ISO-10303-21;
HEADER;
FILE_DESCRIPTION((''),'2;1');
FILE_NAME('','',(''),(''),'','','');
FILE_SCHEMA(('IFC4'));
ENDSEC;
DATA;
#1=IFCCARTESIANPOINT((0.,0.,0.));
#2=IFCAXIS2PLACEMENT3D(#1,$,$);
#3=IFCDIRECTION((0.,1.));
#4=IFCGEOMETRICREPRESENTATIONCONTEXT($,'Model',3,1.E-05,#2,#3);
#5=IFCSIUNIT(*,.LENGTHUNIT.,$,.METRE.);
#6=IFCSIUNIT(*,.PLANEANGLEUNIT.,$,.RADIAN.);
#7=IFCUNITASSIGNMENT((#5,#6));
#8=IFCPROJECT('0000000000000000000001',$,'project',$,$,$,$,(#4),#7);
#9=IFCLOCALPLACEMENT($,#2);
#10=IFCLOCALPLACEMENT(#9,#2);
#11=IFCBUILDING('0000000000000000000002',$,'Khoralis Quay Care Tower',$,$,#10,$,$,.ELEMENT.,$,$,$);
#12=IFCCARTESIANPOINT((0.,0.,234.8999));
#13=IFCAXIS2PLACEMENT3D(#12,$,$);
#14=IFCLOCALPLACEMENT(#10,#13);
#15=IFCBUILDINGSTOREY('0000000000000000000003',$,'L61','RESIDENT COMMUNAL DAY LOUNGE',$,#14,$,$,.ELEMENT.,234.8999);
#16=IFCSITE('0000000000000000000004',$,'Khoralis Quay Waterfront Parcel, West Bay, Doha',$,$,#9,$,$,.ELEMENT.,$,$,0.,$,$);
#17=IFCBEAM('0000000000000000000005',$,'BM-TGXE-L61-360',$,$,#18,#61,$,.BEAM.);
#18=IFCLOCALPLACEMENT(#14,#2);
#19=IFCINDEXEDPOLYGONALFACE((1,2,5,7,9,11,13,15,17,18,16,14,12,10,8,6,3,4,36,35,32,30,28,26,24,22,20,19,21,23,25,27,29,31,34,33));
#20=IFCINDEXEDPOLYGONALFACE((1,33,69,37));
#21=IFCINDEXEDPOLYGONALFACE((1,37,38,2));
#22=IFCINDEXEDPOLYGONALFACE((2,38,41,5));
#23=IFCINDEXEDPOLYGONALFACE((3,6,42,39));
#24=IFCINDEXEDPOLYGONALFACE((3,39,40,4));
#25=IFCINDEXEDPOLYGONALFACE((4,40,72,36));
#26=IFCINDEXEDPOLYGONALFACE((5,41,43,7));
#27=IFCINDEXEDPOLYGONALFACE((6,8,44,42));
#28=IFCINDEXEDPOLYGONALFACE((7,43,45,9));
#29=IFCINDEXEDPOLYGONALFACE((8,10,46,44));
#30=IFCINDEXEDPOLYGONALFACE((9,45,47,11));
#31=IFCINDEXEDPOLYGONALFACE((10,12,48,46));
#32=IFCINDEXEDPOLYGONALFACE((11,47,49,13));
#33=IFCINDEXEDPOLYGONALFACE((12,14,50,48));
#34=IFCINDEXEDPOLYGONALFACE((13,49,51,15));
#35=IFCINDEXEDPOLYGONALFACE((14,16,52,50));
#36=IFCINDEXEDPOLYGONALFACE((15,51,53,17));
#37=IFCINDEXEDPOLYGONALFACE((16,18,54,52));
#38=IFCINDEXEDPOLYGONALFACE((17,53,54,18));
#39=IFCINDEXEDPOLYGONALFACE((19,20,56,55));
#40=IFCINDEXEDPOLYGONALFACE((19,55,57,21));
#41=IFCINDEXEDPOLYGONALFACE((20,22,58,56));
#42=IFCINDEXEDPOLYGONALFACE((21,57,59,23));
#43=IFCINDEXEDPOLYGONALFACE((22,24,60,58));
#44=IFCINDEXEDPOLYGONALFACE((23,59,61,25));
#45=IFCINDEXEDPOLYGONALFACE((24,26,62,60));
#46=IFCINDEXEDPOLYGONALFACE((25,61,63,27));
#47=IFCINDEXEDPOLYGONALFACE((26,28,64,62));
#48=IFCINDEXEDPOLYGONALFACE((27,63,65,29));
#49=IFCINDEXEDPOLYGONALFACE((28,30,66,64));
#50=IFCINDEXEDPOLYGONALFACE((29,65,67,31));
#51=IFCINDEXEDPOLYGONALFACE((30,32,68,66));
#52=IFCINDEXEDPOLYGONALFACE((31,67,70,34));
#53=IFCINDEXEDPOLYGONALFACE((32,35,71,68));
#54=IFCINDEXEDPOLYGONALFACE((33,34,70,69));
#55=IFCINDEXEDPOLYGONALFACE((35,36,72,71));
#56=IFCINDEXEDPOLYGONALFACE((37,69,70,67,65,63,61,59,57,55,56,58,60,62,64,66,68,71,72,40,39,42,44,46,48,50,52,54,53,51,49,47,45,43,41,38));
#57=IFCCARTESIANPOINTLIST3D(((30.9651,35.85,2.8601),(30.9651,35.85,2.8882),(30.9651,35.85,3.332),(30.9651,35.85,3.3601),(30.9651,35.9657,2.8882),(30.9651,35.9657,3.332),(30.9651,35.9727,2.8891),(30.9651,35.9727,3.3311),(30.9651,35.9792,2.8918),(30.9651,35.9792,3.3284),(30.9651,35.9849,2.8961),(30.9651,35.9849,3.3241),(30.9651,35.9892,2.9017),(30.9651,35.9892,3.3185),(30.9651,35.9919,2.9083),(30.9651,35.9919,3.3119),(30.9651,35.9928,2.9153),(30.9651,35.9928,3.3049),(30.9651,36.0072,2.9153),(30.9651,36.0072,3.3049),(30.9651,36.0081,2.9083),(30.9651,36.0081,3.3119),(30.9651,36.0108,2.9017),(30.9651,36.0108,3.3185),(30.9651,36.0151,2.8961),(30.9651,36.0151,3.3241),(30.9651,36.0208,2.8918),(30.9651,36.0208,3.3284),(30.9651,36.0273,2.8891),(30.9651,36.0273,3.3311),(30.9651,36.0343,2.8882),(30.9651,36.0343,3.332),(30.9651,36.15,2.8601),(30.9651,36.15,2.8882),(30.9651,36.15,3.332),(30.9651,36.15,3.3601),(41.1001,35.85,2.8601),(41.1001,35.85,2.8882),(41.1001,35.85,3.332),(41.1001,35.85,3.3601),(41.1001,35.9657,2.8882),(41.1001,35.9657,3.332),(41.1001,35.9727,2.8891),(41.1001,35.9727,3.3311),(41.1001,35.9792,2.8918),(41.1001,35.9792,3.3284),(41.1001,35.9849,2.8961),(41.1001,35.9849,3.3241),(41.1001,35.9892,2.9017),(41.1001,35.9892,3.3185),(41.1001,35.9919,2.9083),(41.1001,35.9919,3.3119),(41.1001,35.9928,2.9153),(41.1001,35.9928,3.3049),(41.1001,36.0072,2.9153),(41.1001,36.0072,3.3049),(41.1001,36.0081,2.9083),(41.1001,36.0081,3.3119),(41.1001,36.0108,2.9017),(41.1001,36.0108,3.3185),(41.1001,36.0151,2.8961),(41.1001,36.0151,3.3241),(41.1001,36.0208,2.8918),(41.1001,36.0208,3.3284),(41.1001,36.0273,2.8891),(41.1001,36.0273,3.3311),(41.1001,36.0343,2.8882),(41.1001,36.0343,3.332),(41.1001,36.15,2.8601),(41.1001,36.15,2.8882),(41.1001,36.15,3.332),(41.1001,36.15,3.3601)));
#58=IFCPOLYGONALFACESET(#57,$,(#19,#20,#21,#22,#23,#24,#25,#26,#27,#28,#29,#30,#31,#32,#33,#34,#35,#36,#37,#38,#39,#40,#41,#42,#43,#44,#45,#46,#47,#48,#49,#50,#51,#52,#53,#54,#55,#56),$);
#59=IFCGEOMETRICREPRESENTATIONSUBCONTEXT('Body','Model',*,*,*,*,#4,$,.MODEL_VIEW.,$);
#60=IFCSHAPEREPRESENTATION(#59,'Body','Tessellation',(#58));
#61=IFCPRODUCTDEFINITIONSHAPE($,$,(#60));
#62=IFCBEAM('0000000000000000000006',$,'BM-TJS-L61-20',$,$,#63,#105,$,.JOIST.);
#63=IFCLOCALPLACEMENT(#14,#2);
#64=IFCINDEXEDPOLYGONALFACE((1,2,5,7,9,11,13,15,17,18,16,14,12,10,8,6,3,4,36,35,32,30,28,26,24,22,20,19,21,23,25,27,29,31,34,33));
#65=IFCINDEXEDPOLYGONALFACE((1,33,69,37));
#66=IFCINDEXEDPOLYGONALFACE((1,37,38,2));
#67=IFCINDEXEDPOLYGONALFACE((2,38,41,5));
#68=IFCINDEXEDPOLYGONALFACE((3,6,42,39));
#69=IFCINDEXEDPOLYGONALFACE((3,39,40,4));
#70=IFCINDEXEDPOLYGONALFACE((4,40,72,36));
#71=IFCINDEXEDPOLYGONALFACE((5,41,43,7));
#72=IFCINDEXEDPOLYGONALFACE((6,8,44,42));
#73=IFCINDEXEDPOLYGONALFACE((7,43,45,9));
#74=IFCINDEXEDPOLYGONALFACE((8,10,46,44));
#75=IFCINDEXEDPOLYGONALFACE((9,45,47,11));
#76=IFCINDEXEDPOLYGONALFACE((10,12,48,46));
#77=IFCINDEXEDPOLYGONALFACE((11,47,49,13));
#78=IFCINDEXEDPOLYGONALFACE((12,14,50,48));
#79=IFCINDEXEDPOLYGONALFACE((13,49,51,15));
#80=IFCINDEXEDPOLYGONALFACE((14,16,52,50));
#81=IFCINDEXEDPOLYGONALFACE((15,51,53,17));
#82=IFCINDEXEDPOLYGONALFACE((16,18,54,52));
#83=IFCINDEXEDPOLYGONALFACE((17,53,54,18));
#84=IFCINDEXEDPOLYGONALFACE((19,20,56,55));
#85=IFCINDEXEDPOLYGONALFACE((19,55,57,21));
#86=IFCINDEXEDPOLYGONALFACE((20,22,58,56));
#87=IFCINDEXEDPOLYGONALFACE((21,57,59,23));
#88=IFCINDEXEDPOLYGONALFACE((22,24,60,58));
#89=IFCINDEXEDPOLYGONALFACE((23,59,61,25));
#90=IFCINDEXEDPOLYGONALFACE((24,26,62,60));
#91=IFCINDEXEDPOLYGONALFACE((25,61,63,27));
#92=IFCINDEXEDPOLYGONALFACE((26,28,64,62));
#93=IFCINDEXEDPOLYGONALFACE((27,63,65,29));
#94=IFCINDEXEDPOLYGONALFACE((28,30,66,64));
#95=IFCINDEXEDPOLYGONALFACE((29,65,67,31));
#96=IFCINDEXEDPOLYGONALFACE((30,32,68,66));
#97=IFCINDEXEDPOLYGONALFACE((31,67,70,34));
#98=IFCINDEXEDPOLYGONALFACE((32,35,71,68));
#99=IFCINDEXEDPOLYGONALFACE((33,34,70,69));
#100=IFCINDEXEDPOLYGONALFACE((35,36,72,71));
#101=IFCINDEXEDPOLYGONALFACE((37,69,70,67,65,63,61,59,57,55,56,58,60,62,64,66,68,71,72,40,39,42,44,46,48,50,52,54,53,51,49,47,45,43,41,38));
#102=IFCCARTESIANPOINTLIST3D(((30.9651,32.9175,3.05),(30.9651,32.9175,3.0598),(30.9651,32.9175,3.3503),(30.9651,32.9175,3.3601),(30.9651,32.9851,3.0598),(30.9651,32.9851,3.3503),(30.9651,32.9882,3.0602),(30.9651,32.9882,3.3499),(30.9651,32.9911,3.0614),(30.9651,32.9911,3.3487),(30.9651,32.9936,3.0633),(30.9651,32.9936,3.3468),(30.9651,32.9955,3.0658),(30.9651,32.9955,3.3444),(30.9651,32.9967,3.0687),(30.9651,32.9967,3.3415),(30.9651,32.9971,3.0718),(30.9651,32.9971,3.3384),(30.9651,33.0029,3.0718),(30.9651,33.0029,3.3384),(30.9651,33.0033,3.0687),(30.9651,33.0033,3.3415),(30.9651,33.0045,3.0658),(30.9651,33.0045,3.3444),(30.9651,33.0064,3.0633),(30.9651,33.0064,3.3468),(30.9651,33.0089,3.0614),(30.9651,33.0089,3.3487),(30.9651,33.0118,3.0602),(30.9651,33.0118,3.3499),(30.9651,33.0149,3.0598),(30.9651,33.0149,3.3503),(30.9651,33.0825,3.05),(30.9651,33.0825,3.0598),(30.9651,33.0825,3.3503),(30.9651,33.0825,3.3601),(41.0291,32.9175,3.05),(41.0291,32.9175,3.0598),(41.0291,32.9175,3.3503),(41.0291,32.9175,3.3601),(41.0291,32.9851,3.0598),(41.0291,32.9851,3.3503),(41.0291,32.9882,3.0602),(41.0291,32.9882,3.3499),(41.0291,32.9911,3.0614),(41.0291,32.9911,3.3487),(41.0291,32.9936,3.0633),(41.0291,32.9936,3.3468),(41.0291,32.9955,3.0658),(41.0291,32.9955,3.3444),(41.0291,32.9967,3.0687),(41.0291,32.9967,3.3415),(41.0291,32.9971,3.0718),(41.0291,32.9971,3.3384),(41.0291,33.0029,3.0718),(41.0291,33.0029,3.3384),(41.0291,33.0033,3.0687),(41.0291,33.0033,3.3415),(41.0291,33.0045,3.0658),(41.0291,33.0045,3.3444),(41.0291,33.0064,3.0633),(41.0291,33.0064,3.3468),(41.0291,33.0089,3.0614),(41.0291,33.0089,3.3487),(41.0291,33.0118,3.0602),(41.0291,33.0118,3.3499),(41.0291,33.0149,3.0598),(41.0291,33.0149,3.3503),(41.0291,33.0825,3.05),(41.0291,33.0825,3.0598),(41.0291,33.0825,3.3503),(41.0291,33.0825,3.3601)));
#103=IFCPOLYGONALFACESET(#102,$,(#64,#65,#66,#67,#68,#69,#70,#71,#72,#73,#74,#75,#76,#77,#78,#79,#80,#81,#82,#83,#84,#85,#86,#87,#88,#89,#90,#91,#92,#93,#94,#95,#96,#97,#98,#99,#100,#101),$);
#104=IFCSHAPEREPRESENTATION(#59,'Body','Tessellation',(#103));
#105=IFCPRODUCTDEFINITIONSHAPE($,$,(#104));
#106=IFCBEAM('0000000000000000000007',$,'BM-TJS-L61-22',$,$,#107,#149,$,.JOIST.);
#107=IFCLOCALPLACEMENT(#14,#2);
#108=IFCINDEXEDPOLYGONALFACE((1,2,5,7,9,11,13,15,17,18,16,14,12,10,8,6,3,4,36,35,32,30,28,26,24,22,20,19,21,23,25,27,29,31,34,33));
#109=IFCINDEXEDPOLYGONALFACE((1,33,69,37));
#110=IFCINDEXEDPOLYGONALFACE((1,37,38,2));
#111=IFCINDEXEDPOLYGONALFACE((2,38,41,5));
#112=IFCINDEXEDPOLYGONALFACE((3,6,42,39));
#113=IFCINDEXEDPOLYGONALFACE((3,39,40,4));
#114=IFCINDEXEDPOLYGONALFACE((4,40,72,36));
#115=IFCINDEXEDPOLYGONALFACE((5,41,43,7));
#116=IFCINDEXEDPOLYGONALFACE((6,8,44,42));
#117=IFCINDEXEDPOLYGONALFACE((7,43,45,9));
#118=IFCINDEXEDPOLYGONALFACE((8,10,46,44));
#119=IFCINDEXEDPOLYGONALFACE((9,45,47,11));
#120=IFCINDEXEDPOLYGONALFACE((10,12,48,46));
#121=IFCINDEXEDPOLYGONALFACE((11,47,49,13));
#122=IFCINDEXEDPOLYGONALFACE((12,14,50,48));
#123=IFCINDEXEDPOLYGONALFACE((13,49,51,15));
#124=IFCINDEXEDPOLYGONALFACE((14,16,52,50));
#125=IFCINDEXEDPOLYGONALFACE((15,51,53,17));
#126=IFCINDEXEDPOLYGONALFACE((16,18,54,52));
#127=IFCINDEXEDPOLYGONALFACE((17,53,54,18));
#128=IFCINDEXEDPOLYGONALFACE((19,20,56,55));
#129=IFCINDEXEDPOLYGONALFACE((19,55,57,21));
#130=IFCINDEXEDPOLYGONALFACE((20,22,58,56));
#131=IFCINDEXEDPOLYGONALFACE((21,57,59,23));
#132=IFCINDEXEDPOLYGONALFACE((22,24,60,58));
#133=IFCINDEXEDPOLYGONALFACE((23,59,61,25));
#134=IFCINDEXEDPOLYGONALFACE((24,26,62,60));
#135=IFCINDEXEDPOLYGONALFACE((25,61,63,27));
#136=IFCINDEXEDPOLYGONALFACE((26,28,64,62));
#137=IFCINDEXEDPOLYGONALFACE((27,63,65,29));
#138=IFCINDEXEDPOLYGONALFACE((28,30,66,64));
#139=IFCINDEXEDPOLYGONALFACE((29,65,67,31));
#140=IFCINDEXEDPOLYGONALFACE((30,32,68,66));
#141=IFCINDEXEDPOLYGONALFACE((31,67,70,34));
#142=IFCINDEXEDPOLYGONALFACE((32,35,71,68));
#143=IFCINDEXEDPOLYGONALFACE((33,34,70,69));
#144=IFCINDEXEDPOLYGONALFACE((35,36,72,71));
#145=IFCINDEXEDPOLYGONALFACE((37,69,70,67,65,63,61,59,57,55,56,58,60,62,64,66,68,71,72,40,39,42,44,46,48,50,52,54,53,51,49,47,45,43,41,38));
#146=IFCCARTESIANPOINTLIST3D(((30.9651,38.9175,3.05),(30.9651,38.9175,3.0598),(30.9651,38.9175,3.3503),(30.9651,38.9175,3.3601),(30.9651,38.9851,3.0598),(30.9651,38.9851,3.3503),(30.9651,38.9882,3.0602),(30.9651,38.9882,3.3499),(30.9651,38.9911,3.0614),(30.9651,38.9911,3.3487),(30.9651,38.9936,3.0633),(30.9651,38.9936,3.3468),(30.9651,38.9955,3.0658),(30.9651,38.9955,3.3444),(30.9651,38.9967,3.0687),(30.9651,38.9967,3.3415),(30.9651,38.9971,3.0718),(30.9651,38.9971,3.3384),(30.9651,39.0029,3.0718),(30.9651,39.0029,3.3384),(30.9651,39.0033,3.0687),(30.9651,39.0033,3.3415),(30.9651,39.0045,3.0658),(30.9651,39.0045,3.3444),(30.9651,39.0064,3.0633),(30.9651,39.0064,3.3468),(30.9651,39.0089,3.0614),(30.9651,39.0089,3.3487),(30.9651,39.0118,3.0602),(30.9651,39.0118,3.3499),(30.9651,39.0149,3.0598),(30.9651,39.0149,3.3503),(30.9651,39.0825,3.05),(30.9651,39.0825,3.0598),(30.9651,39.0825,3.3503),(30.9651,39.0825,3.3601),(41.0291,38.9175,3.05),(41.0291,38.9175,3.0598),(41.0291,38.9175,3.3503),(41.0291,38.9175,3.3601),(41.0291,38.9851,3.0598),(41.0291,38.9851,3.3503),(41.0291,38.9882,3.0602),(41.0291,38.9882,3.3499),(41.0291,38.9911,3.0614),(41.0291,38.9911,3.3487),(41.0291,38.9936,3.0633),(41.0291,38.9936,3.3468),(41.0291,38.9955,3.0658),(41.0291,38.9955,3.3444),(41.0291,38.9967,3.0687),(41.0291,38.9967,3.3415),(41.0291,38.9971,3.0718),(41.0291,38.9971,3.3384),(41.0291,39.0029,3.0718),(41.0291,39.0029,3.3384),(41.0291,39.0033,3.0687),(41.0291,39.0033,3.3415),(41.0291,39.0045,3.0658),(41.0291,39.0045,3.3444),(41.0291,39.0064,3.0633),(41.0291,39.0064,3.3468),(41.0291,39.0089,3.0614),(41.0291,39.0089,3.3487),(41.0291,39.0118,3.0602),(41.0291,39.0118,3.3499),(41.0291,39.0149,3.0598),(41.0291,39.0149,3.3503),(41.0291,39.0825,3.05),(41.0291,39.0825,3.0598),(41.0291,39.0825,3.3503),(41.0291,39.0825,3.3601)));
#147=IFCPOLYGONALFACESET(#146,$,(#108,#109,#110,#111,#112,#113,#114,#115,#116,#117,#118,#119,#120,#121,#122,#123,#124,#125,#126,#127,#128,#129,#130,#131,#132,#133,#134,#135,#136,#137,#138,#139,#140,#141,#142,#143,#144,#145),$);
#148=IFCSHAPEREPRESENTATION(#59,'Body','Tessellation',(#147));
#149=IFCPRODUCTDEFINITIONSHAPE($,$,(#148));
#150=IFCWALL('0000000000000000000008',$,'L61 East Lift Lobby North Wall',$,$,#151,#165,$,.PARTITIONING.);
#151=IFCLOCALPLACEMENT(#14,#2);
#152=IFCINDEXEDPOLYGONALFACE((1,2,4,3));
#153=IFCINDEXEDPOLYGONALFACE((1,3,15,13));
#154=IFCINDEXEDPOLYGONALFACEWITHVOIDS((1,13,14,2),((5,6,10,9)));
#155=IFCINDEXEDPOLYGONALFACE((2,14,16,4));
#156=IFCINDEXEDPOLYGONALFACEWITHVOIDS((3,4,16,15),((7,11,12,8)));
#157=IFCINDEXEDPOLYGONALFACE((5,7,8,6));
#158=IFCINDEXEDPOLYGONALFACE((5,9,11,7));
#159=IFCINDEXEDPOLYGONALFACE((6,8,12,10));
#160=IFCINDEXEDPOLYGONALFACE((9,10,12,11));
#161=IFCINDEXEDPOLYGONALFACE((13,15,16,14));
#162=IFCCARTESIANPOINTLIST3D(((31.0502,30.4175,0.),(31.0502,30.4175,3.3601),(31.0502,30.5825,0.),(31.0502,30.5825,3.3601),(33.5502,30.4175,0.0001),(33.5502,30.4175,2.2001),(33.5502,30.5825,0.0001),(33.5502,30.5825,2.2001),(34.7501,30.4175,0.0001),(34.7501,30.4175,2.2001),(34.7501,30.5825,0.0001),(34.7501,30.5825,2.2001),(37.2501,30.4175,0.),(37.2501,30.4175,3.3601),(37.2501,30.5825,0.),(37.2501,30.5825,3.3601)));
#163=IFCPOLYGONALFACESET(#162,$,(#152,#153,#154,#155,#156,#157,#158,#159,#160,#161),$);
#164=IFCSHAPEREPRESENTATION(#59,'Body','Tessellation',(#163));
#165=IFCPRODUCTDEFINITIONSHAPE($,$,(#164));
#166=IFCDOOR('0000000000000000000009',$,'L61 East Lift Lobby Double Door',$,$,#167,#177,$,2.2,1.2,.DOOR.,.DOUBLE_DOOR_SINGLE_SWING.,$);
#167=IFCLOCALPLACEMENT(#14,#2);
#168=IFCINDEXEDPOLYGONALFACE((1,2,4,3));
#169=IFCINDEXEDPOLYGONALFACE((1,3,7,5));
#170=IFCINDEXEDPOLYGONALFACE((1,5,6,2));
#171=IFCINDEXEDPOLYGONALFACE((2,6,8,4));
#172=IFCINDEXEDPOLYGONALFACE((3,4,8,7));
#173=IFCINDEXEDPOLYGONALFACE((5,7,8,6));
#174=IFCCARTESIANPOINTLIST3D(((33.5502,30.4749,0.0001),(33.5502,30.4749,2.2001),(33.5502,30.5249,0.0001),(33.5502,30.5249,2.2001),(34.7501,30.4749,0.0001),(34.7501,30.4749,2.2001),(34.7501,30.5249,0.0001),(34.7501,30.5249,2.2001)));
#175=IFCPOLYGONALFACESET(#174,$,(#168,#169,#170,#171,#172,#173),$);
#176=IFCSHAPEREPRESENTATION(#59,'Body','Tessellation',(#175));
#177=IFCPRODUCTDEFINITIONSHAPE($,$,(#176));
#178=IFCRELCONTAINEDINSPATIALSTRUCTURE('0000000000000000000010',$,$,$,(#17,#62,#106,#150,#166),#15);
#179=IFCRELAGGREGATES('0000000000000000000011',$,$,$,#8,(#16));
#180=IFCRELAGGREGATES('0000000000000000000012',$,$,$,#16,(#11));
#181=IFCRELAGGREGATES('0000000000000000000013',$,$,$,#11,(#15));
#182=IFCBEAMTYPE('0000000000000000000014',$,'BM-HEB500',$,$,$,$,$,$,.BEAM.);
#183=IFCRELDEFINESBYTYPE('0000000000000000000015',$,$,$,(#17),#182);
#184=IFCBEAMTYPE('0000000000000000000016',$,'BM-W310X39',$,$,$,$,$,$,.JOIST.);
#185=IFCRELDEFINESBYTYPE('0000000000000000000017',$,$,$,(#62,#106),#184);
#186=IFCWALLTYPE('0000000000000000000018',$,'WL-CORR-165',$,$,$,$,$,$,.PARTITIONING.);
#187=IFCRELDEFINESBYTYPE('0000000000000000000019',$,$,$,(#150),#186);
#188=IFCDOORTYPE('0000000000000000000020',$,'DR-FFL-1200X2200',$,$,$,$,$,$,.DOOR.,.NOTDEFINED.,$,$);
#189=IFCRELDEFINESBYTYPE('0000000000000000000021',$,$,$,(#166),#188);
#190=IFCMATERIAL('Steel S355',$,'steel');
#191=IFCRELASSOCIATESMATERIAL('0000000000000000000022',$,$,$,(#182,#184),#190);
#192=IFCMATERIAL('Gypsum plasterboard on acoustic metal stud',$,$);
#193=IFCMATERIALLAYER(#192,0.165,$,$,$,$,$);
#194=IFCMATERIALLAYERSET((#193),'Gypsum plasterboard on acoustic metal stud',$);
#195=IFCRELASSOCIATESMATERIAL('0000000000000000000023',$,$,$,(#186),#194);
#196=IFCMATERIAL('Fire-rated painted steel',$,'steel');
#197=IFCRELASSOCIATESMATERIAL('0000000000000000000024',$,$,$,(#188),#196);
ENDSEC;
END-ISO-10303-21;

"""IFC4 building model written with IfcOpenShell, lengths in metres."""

from ifc_helpers import new_model, si_unit, direction, frame, frame_2d, origin, origin_2d, place, context, subcontext, project, spatial, rectangle, i_section, extrude, source, transform, mapped, material, layer, layer_set, material_profile, profile_set, type_object, element, fill, save


model = new_model("IFC4")

# Units and contexts
model_context = context("Model", 3, precision=1e-05, world=origin(), true_north=direction((0.0, 1.0)))
body_context = subcontext(model_context, "Body", "Model", "MODEL_VIEW")
ifc_project = project(units=[si_unit("LENGTHUNIT", "METRE"), si_unit("PLANEANGLEUNIT", "RADIAN")], contexts=[model_context])

# Site, building, storey
site_placement = place(None, origin())
site = spatial("IfcSite", under=ifc_project, at=site_placement, Name="Khoralis Quay Waterfront Parcel, West Bay, Doha", CompositionType="ELEMENT", RefElevation=0.0)
building_placement = place(site_placement, origin())
building = spatial("IfcBuilding", under=site, at=building_placement, Name="Khoralis Quay Care Tower", CompositionType="ELEMENT")
storey_placement = place(building_placement, frame((0.0, 0.0, 234.8999)))
storey = spatial("IfcBuildingStorey", under=building, at=storey_placement, Name="L61", Description="RESIDENT COMMUNAL DAY LOUNGE", CompositionType="ELEMENT", Elevation=234.8999)

# Beams
ifc_material_1 = material(Name="Steel S355", Category="steel")
ifc_material_profile_1 = material_profile(ifc_material_1, i_section(OverallWidth=0.3, OverallDepth=0.5, WebThickness=0.0144, FlangeThickness=0.0281, FilletRadius=0.0271, at=origin_2d()), Name="Steel S355")
ifc_profile_set_1 = profile_set([ifc_material_profile_1], Name="Steel S355")
beam_type_1 = type_object("IfcBeamType", Name="BM-HEB500", PredefinedType="BEAM", material=ifc_profile_set_1)
shared_shape_1 = source(origin(), body_context, "Body", "SweptSolid", [
    extrude(i_section(OverallWidth=0.3, OverallDepth=0.5, WebThickness=0.0144, FlangeThickness=0.0281, FilletRadius=0.0271, at=origin_2d()), origin(), (0.0, 0.0, 1.0), 10.135),
])
beam_1_placement = place(storey_placement, frame((30.9651, 36.0, 3.1101), z_axis=(1.0, 0.0, 0.0), x_axis=(0.0, 1.0, 0.0)))
element("IfcBeam", 1, at=beam_1_placement, inside=storey, type_object=beam_type_1, Name="BM-TGXE-L61-360", PredefinedType="BEAM", context=body_context, shape_type="MappedRepresentation", body=[
    mapped(shared_shape_1, transform((0.0, 0.0, 0.0), scale=1.0)),
])
ifc_material_profile_2 = material_profile(ifc_material_1, i_section(OverallWidth=0.165, OverallDepth=0.3101, WebThickness=0.0059, FlangeThickness=0.0098, FilletRadius=0.012, at=origin_2d()), Name="Steel S355")
ifc_profile_set_2 = profile_set([ifc_material_profile_2], Name="Steel S355")
beam_type_2 = type_object("IfcBeamType", Name="BM-W310X39", PredefinedType="JOIST", material=ifc_profile_set_2)
shared_shape_2 = source(origin(), body_context, "Body", "SweptSolid", [
    extrude(i_section(OverallWidth=0.165, OverallDepth=0.3101, WebThickness=0.0059, FlangeThickness=0.0098, FilletRadius=0.012, at=origin_2d()), origin(), (0.0, 0.0, 1.0), 10.064),
])
for number, where, z_axis, x_axis, name in (
    (2, (30.9651, 33.0, 3.2051), (1.0, 0.0, 0.0), (0.0, 1.0, 0.0), "BM-TJS-L61-20"),
    (3, (30.9651, 39.0, 3.2051), (1.0, 0.0, 0.0), (0.0, 1.0, 0.0), "BM-TJS-L61-22"),
):
    element("IfcBeam", number, at=place(storey_placement, frame(where, z_axis=z_axis, x_axis=x_axis)), inside=storey, type_object=beam_type_2, Name=name, PredefinedType="JOIST", context=body_context, shape_type="MappedRepresentation", body=[
        mapped(shared_shape_2, transform((0.0, 0.0, 0.0), scale=1.0)),
    ])

# Wall, opening, door
ifc_material_2 = material(Name="Gypsum plasterboard on acoustic metal stud")
ifc_layer_1 = layer(ifc_material_2, 0.165)
ifc_layer_set_1 = layer_set([ifc_layer_1], Name="Gypsum plasterboard on acoustic metal stud")
wall_type_1 = type_object("IfcWallType", Name="WL-CORR-165", PredefinedType="PARTITIONING", material=ifc_layer_set_1)
wall_1_placement = place(storey_placement, frame((31.05, 30.5, 0.0), z_axis=(0.0, 0.0, 1.0), x_axis=(1.0, 0.0, 0.0)))
wall_1 = element("IfcWall", 4, at=wall_1_placement, inside=storey, type_object=wall_type_1, Name="L61 East Lift Lobby North Wall", PredefinedType="PARTITIONING", context=body_context, shape_type="SweptSolid", body=[
    extrude(rectangle(XDim=6.2, YDim=0.165, at=frame_2d((3.1001, 0.0))), origin(), (0.0, 0.0, 1.0), 3.3601),
])
opening_1_placement = place(wall_1_placement, frame((2.5, 0.0, 0.0)))
opening_1 = element("IfcOpeningElement", 5, at=opening_1_placement, cuts=wall_1, PredefinedType="OPENING", context=body_context, shape_type="SweptSolid", body=[
    extrude(rectangle(XDim=1.2, YDim=2.2, at=frame_2d((0.6001, 1.1001))), frame((0.0, 0.0925, 0.0), z_axis=(0.0, -1.0, 0.0), x_axis=(1.0, 0.0, 0.0)), (0.0, 0.0, 1.0), 0.1851),
])
ifc_material_3 = material(Name="Fire-rated painted steel", Category="steel")
door_type = type_object("IfcDoorType", Name="DR-FFL-1200X2200", OperationType="NOTDEFINED", PredefinedType="DOOR", material=ifc_material_3)
shared_shape_3 = source(origin(), body_context, "Body", "SweptSolid", [
    extrude(rectangle(XDim=1.2, YDim=2.2, at=frame_2d((0.6001, 1.1001))), frame((0.0, 0.0249, 0.0), z_axis=(0.0, -1.0, 0.0), x_axis=(1.0, 0.0, 0.0)), (0.0, 0.0, 1.0), 0.05),
])
door_placement = place(opening_1_placement, origin())
door = element("IfcDoor", 6, at=door_placement, inside=storey, type_object=door_type, Name="L61 East Lift Lobby Double Door", OperationType="DOUBLE_DOOR_SINGLE_SWING", OverallHeight=2.2, OverallWidth=1.2, PredefinedType="DOOR", context=body_context, shape_type="MappedRepresentation", body=[
    mapped(shared_shape_3, transform((0.0, 0.0, 0.0), scale=1.0)),
])
fill(opening_1, door)

save(model, "model.ifc")
